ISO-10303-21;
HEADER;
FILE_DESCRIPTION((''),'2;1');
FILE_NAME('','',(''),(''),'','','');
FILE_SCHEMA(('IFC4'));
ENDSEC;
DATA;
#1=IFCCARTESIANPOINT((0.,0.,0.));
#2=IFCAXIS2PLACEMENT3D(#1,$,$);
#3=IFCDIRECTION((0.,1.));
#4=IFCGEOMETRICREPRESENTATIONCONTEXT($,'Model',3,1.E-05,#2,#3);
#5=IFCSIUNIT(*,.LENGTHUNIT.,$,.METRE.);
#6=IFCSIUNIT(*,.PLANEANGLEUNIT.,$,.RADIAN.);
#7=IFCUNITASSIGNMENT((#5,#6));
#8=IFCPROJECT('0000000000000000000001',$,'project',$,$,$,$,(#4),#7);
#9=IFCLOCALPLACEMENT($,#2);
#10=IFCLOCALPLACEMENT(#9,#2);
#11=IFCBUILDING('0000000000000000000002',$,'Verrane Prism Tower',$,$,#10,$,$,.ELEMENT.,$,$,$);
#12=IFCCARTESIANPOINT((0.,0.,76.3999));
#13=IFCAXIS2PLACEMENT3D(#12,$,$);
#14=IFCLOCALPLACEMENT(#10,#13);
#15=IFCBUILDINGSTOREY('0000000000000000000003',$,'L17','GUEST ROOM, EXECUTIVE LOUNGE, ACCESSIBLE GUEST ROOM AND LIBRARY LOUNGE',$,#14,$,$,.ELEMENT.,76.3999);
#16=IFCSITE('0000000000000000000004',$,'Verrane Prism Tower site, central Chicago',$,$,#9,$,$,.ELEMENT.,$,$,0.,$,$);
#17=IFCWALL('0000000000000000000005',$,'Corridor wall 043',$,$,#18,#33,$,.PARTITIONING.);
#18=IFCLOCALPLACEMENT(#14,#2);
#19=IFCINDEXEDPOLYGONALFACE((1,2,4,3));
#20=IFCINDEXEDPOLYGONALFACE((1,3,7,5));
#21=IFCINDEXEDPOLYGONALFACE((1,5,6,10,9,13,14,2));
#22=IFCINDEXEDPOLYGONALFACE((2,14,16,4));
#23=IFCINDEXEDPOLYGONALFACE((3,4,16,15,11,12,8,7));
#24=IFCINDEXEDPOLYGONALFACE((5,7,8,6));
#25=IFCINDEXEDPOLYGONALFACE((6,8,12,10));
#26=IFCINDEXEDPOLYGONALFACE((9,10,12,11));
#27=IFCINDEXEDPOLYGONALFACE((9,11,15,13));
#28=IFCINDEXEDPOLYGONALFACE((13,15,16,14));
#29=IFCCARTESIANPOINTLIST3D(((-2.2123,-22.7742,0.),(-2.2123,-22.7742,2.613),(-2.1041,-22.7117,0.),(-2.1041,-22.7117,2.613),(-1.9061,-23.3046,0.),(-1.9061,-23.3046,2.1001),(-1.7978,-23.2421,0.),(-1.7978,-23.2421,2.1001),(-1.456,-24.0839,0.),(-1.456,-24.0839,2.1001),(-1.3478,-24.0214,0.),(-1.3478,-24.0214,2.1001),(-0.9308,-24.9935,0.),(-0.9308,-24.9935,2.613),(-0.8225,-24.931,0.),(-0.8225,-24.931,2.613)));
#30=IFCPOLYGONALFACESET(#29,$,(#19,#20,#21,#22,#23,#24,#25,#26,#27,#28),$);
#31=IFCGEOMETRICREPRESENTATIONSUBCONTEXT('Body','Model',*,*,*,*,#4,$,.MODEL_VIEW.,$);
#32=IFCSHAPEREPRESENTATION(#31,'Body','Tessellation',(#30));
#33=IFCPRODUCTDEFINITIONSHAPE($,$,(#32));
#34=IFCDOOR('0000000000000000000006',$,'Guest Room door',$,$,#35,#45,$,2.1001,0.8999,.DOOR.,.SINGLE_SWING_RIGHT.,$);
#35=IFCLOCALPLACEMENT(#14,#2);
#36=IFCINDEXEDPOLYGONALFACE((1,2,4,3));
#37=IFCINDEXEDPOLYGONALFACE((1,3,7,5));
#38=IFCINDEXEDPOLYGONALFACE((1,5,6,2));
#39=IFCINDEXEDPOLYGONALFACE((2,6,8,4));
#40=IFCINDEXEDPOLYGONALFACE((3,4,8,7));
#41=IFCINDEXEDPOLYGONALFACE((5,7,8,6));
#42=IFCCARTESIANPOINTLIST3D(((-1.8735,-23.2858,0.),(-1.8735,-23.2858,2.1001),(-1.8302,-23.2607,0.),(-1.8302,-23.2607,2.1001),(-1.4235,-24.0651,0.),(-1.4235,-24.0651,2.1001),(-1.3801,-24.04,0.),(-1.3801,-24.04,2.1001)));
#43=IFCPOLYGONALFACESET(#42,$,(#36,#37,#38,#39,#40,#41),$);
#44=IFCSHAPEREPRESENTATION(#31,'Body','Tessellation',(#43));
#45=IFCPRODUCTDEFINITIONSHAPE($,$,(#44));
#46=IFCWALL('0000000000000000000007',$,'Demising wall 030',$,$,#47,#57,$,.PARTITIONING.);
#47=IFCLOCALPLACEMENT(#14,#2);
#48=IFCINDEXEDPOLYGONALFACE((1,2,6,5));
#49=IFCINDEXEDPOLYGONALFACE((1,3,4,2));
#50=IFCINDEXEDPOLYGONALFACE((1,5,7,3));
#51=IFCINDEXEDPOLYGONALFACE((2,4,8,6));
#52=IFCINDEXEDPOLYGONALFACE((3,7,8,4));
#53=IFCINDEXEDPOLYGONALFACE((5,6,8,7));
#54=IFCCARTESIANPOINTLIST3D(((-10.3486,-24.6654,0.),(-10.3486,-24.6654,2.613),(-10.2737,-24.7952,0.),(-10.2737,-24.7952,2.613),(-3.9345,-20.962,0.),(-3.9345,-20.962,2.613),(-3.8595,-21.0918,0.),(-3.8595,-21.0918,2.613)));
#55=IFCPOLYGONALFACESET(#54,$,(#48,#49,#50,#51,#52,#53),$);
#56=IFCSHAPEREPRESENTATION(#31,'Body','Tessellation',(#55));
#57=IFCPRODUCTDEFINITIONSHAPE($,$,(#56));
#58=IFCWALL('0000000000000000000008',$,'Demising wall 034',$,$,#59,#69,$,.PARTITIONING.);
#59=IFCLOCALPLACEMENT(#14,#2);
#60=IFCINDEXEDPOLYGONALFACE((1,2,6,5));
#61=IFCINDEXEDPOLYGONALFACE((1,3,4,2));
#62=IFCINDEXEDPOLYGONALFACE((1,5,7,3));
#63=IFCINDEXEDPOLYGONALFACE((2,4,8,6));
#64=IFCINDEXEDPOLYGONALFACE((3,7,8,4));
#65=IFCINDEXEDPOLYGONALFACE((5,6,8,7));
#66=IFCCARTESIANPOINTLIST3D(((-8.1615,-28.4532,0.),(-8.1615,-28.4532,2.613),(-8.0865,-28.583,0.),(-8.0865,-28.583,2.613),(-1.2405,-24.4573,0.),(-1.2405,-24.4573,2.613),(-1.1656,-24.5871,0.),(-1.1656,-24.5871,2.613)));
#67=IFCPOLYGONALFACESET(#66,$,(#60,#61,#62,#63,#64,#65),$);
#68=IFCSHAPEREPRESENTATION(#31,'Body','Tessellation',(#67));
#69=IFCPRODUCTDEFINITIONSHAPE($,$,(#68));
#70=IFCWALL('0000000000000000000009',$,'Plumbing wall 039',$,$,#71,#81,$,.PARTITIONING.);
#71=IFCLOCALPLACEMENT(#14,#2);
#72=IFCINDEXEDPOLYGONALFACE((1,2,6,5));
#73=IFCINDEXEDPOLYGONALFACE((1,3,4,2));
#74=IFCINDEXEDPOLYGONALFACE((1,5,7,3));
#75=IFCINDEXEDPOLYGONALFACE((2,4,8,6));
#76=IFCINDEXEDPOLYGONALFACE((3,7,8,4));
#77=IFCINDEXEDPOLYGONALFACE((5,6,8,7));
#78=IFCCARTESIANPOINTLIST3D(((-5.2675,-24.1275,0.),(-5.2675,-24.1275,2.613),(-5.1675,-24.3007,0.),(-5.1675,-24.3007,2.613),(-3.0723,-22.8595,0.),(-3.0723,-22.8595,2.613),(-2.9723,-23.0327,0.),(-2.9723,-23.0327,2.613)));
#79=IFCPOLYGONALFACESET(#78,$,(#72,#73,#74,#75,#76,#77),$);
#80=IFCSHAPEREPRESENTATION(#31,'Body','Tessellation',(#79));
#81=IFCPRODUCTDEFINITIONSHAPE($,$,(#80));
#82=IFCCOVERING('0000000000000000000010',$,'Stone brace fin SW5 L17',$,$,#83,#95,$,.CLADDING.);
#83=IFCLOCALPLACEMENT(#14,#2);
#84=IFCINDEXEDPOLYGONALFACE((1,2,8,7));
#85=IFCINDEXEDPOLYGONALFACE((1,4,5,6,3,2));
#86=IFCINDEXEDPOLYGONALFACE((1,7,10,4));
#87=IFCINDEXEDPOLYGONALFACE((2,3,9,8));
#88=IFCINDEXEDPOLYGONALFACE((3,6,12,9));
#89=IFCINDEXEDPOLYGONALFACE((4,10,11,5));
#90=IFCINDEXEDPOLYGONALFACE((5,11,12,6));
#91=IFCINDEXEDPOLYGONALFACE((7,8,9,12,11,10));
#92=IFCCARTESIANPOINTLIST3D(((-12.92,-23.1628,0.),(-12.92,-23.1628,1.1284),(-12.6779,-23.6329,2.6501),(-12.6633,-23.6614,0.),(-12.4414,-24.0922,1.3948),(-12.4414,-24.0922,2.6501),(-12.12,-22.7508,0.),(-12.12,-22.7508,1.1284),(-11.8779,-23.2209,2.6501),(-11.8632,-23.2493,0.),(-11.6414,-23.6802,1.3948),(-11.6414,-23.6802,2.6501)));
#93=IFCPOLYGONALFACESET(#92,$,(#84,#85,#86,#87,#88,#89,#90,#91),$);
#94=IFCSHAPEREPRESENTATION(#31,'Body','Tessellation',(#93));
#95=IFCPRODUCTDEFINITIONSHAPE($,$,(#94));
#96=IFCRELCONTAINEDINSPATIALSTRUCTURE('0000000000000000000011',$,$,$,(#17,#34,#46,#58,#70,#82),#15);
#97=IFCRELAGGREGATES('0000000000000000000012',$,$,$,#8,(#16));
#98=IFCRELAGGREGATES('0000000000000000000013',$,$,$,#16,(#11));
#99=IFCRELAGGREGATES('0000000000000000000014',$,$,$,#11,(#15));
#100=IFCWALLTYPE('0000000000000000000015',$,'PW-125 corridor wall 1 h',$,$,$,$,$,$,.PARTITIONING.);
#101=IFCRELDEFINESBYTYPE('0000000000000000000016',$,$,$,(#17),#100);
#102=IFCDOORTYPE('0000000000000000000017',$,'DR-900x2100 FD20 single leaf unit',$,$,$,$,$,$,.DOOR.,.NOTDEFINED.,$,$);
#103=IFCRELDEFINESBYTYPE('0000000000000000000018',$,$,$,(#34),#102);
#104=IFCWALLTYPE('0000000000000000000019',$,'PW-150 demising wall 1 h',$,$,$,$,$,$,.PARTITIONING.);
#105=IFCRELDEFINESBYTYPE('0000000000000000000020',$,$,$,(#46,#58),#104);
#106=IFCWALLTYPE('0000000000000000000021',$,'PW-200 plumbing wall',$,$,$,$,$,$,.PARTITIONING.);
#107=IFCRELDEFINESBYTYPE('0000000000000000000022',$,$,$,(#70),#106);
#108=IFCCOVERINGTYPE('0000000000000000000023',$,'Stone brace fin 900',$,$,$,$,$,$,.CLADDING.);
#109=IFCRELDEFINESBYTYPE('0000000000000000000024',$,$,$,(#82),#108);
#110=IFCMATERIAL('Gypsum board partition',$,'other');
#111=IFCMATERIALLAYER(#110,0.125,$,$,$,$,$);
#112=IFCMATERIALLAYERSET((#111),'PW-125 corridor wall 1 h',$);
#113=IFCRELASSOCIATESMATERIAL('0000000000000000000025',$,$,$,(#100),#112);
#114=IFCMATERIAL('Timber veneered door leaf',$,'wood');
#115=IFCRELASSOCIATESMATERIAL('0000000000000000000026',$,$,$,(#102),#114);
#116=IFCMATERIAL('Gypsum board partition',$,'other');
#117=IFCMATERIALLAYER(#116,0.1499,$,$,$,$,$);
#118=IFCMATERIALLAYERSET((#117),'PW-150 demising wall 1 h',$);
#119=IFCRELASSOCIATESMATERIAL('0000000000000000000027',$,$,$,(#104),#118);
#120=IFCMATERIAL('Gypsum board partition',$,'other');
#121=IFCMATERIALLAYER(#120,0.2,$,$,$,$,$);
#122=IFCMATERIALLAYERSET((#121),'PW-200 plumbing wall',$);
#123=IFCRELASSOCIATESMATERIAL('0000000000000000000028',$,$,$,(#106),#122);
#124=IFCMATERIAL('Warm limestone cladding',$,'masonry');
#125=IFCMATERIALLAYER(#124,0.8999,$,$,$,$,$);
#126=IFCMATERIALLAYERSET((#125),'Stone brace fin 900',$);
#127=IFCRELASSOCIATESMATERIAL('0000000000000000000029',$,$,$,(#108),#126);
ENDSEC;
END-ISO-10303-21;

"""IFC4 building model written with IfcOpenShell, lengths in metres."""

from ifc_helpers import new_model, si_unit, direction, frame, frame_2d, origin, place, context, subcontext, project, spatial, polyline, rectangle, outline, extrude, material, layer, layer_set, type_object, element, fill, save


model = new_model("IFC4")

# Units and contexts
model_context = context("Model", 3, precision=1e-05, world=origin(), true_north=direction((0.0, 1.0)))
body_context = subcontext(model_context, "Body", "Model", "MODEL_VIEW")
ifc_project = project(units=[si_unit("LENGTHUNIT", "METRE"), si_unit("PLANEANGLEUNIT", "RADIAN")], contexts=[model_context])

# Site, building, storey
site_placement = place(None, origin())
site = spatial("IfcSite", under=ifc_project, at=site_placement, Name="Verrane Prism Tower site, central Chicago", CompositionType="ELEMENT", RefElevation=0.0)
building_placement = place(site_placement, origin())
building = spatial("IfcBuilding", under=site, at=building_placement, Name="Verrane Prism Tower", CompositionType="ELEMENT")
storey_placement = place(building_placement, frame((0.0, 0.0, 76.3999)))
storey = spatial("IfcBuildingStorey", under=building, at=storey_placement, Name="L17", Description="GUEST ROOM, EXECUTIVE LOUNGE, ACCESSIBLE GUEST ROOM AND LIBRARY LOUNGE", CompositionType="ELEMENT", Elevation=76.3999)

# Shared definitions
ifc_material_1 = material(Name="Gypsum board partition", Category="other")
ifc_layer_1 = layer(ifc_material_1, 0.125)
ifc_layer_set_1 = layer_set([ifc_layer_1], Name="PW-125 corridor wall 1 h")
wall_type_1 = type_object("IfcWallType", Name="PW-125 corridor wall 1 h", PredefinedType="PARTITIONING", material=ifc_layer_set_1)

# Wall, opening, door
wall_1_placement = place(storey_placement, frame((-0.8767, -24.9622, 0.0), z_axis=(0.0, 0.0, 1.0), x_axis=(-0.500063, 0.865989, 0.0)))
wall_1 = element("IfcWall", 1, at=wall_1_placement, inside=storey, type_object=wall_type_1, Name="Corridor wall 043", PredefinedType="PARTITIONING", context=body_context, shape_type="SweptSolid", body=[
    extrude(rectangle(XDim=2.5627, YDim=0.125, at=frame_2d((1.2812, 0.0))), origin(), (0.0, 0.0, 1.0), 2.613),
])
opening_placement = place(wall_1_placement, frame((1.0503, 0.0, 0.0)))
opening = element("IfcOpeningElement", 2, at=opening_placement, cuts=wall_1, PredefinedType="OPENING", context=body_context, shape_type="SweptSolid", body=[
    extrude(rectangle(XDim=0.8999, YDim=2.1001, at=frame_2d((0.45, 1.05))), frame((0.0, 0.0725, 0.0), z_axis=(0.0, -1.0, 0.0), x_axis=(1.0, 0.0, 0.0)), (0.0, 0.0, 1.0), 0.145),
])
ifc_material_2 = material(Name="Timber veneered door leaf", Category="wood")
door_type = type_object("IfcDoorType", Name="DR-900x2100 FD20 single leaf unit", OperationType="NOTDEFINED", PredefinedType="DOOR", material=ifc_material_2)
door_placement = place(opening_placement, origin())
door = element("IfcDoor", 3, at=door_placement, inside=storey, type_object=door_type, Name="Guest Room door", OperationType="SINGLE_SWING_RIGHT", OverallHeight=2.1001, OverallWidth=0.8999, PredefinedType="DOOR", context=body_context, shape_type="SweptSolid", body=[
    extrude(rectangle(XDim=0.8999, YDim=2.1001, at=frame_2d((0.45, 1.05))), frame((0.0, 0.0249, 0.0), z_axis=(0.0, -1.0, 0.0), x_axis=(1.0, 0.0, 0.0)), (0.0, 0.0, 1.0), 0.05),
])
fill(opening, door)

# Walls
ifc_material_3 = material(Name="Gypsum board partition", Category="other")
ifc_layer_2 = layer(ifc_material_3, 0.1499)
ifc_layer_set_2 = layer_set([ifc_layer_2], Name="PW-150 demising wall 1 h")
wall_type_2 = type_object("IfcWallType", Name="PW-150 demising wall 1 h", PredefinedType="PARTITIONING", material=ifc_layer_set_2)
wall_2_placement = place(storey_placement, frame((-10.311, -24.7302, 0.0), z_axis=(0.0, 0.0, 1.0), x_axis=(0.866013, 0.500021, 0.0)))
element("IfcWall", 4, at=wall_2_placement, inside=storey, type_object=wall_type_2, Name="Demising wall 030", PredefinedType="PARTITIONING", context=body_context, shape_type="SweptSolid", body=[
    extrude(rectangle(XDim=7.4065, YDim=0.1499, at=frame_2d((3.7031, 0.0))), origin(), (0.0, 0.0, 1.0), 2.613),
])
wall_3_placement = place(storey_placement, frame((-8.124, -28.5181, 0.0), z_axis=(0.0, 0.0, 1.0), x_axis=(0.866022, 0.500006, 0.0)))
element("IfcWall", 5, at=wall_3_placement, inside=storey, type_object=wall_type_2, Name="Demising wall 034", PredefinedType="PARTITIONING", context=body_context, shape_type="SweptSolid", body=[
    extrude(rectangle(XDim=7.9917, YDim=0.1499, at=frame_2d((3.9958, 0.0))), origin(), (0.0, 0.0, 1.0), 2.613),
])
ifc_material_4 = material(Name="Gypsum board partition", Category="other")
ifc_layer_3 = layer(ifc_material_4, 0.2)
ifc_layer_set_3 = layer_set([ifc_layer_3], Name="PW-200 plumbing wall")
wall_type_3 = type_object("IfcWallType", Name="PW-200 plumbing wall", PredefinedType="PARTITIONING", material=ifc_layer_set_3)
wall_4_placement = place(storey_placement, frame((-5.2175, -24.2141, 0.0), z_axis=(0.0, 0.0, 1.0), x_axis=(0.865923, 0.500178, 0.0)))
element("IfcWall", 6, at=wall_4_placement, inside=storey, type_object=wall_type_3, Name="Plumbing wall 039", PredefinedType="PARTITIONING", context=body_context, shape_type="SweptSolid", body=[
    extrude(rectangle(XDim=2.5352, YDim=0.2, at=frame_2d((1.2676, 0.0))), origin(), (0.0, 0.0, 1.0), 2.613),
])

# Covering
ifc_material_5 = material(Name="Warm limestone cladding", Category="masonry")
ifc_layer_4 = layer(ifc_material_5, 0.8999)
ifc_layer_set_4 = layer_set([ifc_layer_4], Name="Stone brace fin 900")
covering_type = type_object("IfcCoveringType", Name="Stone brace fin 900", PredefinedType="CLADDING", material=ifc_layer_set_4)
covering_placement = place(storey_placement, frame((-12.52, -22.9568, 0.0), z_axis=(0.0, 0.0, 1.0), x_axis=(0.457834, -0.889038, 0.0)))
element("IfcCovering", 7, at=covering_placement, inside=storey, type_object=covering_type, Name="Stone brace fin SW5 L17", PredefinedType="CLADDING", context=body_context, shape_type="SweptSolid", body=[
    extrude(outline(polyline([(1.0454, 2.6501), (0.5288, 2.6501), (0.0, 1.1284), (0.0, 0.0), (0.5608, 0.0), (1.0454, 1.3948), (1.0454, 2.6501)])), frame((0.0, 0.45, 0.0), z_axis=(0.0, -1.0, 0.0), x_axis=(1.0, 0.0, 0.0)), (0.0, 0.0, 1.0), 0.8999),
])

save(model, "model.ifc")
